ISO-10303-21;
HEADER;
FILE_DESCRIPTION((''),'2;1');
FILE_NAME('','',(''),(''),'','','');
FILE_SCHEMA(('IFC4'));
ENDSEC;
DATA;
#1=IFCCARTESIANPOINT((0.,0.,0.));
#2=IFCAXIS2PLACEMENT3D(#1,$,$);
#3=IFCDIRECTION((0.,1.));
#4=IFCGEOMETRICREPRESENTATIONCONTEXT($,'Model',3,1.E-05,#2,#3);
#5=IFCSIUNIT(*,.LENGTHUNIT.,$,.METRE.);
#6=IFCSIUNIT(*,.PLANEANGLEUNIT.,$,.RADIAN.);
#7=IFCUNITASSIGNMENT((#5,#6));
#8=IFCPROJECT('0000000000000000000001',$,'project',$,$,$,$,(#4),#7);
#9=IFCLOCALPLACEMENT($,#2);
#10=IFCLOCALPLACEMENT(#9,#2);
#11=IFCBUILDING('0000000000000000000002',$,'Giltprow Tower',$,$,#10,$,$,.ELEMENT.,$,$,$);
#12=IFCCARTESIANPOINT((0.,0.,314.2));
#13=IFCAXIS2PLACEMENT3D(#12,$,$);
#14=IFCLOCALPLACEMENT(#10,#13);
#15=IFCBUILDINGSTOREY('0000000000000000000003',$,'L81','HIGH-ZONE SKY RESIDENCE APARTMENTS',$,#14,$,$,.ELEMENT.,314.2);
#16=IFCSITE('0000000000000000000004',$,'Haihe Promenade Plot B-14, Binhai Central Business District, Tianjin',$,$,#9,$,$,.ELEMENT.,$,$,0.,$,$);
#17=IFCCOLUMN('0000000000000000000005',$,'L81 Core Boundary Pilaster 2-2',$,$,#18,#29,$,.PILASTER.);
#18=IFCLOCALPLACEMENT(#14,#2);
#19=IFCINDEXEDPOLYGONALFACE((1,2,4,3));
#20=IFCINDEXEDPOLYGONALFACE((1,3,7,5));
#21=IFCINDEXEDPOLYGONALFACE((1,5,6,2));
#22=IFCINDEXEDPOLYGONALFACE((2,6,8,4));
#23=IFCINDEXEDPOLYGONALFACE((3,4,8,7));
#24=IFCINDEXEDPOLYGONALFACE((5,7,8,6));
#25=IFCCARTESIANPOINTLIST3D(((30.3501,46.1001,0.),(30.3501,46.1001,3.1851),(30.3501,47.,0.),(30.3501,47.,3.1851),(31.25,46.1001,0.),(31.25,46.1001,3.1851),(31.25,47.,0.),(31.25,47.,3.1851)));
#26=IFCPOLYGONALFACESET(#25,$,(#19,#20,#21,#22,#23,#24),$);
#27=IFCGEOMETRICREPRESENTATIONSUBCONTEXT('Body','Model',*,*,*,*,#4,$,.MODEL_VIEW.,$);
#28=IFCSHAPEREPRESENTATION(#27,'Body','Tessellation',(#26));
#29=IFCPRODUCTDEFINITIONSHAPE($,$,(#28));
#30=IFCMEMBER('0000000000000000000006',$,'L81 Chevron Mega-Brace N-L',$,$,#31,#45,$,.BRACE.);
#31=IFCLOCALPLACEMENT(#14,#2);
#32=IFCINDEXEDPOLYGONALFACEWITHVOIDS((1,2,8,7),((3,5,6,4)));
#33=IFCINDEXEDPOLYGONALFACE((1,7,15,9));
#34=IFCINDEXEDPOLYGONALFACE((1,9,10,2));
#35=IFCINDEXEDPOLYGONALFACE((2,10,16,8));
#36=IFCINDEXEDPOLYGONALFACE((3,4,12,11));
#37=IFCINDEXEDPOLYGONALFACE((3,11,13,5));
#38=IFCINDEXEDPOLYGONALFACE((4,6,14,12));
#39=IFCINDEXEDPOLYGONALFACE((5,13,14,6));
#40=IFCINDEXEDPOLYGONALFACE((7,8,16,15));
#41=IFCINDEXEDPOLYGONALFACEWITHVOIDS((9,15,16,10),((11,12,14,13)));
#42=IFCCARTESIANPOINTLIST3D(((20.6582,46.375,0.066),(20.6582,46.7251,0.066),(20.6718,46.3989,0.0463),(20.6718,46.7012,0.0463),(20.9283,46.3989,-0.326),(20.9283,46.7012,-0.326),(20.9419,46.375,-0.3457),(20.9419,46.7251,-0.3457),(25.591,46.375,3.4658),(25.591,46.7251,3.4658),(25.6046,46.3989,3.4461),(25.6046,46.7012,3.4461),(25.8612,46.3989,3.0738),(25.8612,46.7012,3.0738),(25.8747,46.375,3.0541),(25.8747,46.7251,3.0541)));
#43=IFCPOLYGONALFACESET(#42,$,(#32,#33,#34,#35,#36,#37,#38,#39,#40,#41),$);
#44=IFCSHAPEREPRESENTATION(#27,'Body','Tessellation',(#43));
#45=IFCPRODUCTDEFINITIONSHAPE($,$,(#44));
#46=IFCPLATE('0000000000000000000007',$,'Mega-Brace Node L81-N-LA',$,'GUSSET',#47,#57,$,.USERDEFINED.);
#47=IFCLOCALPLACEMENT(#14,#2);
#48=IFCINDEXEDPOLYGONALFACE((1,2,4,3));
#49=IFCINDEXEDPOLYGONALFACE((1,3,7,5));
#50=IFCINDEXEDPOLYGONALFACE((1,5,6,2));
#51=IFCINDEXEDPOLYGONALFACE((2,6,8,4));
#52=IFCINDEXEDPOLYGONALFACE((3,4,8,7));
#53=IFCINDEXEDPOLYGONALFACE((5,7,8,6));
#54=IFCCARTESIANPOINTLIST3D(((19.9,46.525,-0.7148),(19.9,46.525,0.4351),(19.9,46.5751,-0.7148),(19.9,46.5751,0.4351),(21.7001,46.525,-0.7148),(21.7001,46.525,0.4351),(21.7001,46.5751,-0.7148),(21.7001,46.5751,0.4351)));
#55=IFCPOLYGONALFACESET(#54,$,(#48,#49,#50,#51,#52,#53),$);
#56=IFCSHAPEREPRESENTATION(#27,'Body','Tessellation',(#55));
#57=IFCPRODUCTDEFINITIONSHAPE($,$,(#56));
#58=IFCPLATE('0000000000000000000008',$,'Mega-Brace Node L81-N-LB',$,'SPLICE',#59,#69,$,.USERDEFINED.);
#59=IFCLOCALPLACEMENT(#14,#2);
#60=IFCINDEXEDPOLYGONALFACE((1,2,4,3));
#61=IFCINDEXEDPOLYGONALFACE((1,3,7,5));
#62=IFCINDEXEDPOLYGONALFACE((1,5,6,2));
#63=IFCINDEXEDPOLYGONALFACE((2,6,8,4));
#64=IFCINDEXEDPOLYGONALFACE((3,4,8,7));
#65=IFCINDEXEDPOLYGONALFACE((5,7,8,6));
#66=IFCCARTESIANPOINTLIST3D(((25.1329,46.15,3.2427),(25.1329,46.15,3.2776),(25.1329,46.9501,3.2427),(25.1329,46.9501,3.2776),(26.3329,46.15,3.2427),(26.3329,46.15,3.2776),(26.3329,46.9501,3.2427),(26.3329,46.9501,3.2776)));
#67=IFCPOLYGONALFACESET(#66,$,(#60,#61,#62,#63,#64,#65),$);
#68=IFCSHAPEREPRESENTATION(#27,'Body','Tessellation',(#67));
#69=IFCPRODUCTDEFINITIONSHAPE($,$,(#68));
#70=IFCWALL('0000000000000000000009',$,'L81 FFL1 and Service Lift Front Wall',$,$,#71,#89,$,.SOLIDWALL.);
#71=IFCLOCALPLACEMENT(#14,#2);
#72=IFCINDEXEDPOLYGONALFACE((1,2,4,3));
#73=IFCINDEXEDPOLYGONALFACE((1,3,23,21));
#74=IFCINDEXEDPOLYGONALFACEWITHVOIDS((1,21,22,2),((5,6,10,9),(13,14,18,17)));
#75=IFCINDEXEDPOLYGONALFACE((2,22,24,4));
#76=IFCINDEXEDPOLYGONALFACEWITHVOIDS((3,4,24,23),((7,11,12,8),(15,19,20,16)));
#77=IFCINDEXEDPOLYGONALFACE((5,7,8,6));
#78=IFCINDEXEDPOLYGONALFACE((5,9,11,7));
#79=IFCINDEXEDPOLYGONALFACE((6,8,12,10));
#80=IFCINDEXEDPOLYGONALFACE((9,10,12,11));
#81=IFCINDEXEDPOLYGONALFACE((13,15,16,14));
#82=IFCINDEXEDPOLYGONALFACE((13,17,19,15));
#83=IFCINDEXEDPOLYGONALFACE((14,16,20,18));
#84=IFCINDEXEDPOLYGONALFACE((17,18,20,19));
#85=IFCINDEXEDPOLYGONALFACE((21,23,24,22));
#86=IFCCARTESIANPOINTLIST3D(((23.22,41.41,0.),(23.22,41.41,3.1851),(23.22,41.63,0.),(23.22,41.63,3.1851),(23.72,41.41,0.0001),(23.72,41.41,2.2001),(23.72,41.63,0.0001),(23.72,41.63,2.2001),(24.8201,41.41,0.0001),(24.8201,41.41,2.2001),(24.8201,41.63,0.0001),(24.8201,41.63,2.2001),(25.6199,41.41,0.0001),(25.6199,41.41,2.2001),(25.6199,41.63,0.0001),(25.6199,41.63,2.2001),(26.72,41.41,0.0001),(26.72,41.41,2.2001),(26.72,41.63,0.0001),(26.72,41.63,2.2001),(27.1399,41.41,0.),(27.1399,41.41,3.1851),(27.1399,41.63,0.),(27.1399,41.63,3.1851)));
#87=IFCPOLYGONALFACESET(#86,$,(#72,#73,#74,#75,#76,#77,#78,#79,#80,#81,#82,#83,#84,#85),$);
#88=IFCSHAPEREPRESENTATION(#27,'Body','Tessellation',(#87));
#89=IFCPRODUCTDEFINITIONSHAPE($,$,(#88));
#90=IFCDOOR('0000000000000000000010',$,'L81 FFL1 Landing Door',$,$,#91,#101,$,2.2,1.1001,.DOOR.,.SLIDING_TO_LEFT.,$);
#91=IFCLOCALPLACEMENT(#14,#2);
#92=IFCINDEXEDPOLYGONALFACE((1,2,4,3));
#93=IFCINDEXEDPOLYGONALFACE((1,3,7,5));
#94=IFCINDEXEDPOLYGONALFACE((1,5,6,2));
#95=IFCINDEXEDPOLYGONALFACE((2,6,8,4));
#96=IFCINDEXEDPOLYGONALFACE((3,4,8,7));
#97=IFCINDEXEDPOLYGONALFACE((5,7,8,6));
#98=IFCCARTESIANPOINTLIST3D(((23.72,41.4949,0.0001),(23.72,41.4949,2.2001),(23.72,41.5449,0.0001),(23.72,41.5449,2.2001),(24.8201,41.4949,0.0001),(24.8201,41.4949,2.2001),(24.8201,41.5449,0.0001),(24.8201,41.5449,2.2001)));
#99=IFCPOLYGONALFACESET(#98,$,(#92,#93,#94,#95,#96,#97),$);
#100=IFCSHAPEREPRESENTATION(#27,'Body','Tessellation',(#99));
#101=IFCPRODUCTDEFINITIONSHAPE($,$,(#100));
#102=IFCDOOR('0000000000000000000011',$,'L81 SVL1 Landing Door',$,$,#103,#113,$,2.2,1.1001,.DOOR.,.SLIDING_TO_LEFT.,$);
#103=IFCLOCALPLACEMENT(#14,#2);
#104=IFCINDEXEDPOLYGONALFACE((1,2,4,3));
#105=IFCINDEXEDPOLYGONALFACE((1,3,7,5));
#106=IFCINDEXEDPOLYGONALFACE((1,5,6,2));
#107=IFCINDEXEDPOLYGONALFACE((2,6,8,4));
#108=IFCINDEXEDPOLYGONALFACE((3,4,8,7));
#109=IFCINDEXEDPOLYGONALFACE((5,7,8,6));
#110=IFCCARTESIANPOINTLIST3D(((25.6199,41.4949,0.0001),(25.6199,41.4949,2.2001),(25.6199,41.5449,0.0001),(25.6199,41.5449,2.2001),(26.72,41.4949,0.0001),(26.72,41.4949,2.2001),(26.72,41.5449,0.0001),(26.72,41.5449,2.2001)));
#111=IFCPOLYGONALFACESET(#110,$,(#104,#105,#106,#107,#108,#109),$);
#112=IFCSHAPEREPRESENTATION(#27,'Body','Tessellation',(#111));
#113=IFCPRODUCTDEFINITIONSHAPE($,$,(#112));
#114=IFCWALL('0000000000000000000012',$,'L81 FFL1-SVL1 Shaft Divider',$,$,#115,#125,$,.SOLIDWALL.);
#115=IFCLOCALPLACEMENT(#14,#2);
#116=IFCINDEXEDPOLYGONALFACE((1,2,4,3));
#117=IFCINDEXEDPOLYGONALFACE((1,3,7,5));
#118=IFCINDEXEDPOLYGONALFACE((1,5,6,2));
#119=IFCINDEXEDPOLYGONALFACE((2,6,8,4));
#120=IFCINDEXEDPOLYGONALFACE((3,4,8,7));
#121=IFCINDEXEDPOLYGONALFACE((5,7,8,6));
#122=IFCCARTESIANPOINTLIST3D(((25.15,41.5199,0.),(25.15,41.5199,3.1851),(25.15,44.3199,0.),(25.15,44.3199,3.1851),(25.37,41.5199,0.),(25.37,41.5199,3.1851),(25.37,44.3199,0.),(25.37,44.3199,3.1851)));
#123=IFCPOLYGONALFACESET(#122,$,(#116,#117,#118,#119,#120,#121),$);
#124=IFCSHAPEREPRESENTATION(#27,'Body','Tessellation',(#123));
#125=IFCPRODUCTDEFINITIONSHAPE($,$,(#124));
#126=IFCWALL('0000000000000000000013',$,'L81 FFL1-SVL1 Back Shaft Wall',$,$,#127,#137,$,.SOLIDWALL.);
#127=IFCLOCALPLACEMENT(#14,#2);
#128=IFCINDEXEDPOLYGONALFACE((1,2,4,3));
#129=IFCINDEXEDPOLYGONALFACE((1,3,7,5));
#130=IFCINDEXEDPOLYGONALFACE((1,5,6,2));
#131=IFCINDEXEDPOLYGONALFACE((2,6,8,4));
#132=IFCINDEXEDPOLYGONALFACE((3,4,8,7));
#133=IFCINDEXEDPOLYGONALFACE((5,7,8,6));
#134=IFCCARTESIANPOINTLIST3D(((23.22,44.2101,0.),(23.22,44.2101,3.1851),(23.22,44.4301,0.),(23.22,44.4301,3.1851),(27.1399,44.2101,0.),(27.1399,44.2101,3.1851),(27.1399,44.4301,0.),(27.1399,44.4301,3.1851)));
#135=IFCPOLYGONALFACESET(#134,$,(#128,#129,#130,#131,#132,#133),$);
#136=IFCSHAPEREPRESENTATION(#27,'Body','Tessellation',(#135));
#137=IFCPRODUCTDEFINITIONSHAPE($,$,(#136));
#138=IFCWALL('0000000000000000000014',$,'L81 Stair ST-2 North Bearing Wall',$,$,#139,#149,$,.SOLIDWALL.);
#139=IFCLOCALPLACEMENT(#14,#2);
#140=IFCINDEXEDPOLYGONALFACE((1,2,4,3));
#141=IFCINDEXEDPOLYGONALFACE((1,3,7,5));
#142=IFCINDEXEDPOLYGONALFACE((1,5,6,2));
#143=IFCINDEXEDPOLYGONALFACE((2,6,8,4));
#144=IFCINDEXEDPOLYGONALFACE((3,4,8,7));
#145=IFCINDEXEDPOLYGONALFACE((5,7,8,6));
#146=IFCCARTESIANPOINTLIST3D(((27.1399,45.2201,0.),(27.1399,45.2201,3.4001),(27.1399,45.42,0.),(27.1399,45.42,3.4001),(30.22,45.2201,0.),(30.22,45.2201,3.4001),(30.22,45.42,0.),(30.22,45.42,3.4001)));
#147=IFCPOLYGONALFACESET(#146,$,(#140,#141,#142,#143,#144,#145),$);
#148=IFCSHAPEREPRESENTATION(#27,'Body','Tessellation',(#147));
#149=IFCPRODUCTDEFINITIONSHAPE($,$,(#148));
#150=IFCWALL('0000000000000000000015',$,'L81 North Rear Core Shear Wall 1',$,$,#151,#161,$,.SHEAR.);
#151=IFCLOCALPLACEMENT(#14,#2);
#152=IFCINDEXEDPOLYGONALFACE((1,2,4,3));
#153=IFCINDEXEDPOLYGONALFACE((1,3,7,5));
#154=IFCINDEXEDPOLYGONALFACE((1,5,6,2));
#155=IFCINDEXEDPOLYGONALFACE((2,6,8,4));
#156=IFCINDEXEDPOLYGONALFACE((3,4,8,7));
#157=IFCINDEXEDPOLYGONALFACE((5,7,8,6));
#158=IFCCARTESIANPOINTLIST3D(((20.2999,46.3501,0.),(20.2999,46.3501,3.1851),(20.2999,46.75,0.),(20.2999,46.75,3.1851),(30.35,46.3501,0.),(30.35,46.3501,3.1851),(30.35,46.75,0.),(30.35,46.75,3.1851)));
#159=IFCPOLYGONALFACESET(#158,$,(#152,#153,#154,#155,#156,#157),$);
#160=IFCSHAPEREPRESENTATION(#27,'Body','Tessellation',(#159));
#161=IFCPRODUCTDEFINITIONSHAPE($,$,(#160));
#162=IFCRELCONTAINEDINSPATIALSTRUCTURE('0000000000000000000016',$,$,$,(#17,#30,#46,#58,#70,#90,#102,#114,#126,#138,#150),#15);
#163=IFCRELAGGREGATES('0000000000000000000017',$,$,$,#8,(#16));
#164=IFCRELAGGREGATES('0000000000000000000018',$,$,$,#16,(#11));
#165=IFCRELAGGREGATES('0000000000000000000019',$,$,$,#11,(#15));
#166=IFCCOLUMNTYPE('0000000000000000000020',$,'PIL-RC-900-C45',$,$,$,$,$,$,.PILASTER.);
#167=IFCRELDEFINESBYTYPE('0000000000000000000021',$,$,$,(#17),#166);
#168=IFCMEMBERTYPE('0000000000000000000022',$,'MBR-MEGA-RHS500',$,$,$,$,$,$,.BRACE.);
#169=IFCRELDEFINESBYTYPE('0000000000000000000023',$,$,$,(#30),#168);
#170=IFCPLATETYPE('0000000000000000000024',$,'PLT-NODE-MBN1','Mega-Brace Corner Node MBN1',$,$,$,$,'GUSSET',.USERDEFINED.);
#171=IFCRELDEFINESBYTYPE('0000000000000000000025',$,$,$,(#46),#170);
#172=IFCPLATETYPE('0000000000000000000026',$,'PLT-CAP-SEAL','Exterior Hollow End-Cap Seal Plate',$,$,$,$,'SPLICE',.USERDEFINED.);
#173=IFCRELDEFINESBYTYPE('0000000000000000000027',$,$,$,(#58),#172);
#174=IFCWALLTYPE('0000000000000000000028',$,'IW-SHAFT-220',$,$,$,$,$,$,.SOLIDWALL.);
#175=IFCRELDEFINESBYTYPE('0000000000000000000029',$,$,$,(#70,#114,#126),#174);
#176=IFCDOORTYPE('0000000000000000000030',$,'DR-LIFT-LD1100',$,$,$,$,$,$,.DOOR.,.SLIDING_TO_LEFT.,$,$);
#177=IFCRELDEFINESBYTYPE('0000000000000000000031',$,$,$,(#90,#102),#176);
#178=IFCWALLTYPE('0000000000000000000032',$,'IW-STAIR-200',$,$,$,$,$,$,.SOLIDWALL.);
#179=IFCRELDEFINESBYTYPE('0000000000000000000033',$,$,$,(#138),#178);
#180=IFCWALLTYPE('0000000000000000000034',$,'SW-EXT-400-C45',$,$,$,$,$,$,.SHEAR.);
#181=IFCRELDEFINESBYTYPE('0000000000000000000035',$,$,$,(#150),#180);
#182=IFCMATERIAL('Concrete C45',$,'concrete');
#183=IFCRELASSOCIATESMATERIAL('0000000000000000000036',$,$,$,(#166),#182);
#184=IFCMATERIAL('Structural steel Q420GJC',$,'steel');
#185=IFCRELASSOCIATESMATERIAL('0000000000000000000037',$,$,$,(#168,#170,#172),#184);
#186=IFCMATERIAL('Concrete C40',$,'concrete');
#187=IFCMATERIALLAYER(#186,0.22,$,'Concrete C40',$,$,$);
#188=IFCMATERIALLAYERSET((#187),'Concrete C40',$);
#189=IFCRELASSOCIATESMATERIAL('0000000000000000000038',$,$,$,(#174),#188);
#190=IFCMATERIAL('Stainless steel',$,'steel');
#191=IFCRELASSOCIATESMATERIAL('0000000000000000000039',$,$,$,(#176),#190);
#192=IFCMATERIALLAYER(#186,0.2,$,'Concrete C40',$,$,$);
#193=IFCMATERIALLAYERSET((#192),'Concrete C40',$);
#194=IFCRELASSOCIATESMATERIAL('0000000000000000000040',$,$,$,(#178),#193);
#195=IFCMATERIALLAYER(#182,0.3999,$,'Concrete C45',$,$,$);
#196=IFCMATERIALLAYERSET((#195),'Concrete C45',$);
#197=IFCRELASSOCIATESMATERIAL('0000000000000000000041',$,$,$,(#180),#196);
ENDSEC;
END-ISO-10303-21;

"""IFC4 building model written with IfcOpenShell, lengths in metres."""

from ifc_helpers import new_model, si_unit, direction, frame, frame_2d, origin, origin_2d, place, context, subcontext, project, spatial, rectangle, hollow_rectangle, extrude, source, transform, mapped, material, layer, layer_set, material_profile, profile_set, type_object, element, fill, save


model = new_model("IFC4")

# Units and contexts
model_context = context("Model", 3, precision=1e-05, world=origin(), true_north=direction((0.0, 1.0)))
body_context = subcontext(model_context, "Body", "Model", "MODEL_VIEW")
ifc_project = project(units=[si_unit("LENGTHUNIT", "METRE"), si_unit("PLANEANGLEUNIT", "RADIAN")], contexts=[model_context])

# Site, building, storey
site_placement = place(None, origin())
site = spatial("IfcSite", under=ifc_project, at=site_placement, Name="Haihe Promenade Plot B-14, Binhai Central Business District, Tianjin", CompositionType="ELEMENT", RefElevation=0.0)
building_placement = place(site_placement, origin())
building = spatial("IfcBuilding", under=site, at=building_placement, Name="Giltprow Tower", CompositionType="ELEMENT")
storey_placement = place(building_placement, frame((0.0, 0.0, 314.2)))
storey = spatial("IfcBuildingStorey", under=building, at=storey_placement, Name="L81", Description="HIGH-ZONE SKY RESIDENCE APARTMENTS", CompositionType="ELEMENT", Elevation=314.2)

# Column
ifc_material_1 = material(Name="Concrete C45", Category="concrete")
ifc_material_profile_1 = material_profile(ifc_material_1, rectangle(XDim=0.8999, YDim=0.8999, at=origin_2d()), Name="RC 900x900")
ifc_profile_set_1 = profile_set([ifc_material_profile_1], Name="Concrete C45")
column_type = type_object("IfcColumnType", Name="PIL-RC-900-C45", PredefinedType="PILASTER", material=ifc_profile_set_1)
shared_shape_1 = source(origin(), body_context, "Body", "SweptSolid", [
    extrude(rectangle(XDim=0.8999, YDim=0.8999, at=origin_2d()), origin(), (0.0, 0.0, 1.0), 3.1851),
])
column_placement = place(storey_placement, frame((30.8, 46.55, 0.0), z_axis=(0.0, 0.0, 1.0), x_axis=(1.0, 0.0, 0.0)))
element("IfcColumn", 1, at=column_placement, inside=storey, type_object=column_type, Name="L81 Core Boundary Pilaster 2-2", PredefinedType="PILASTER", context=body_context, shape_type="MappedRepresentation", body=[
    mapped(shared_shape_1, transform((0.0, 0.0, 0.0), x_axis=(1.0, 0.0, 0.0), y_axis=(0.0, 1.0, 0.0), z_axis=(0.0, 0.0, 1.0), scale=1.0)),
])

# Member
ifc_material_2 = material(Name="Structural steel Q420GJC", Category="steel")
ifc_material_profile_2 = material_profile(ifc_material_2, hollow_rectangle(XDim=0.3501, YDim=0.5, WallThickness=0.0239, at=origin_2d()), Name="RHS 500x350x24")
ifc_profile_set_2 = profile_set([ifc_material_profile_2], Name="Structural steel Q420GJC")
member_type = type_object("IfcMemberType", Name="MBR-MEGA-RHS500", PredefinedType="BRACE", material=ifc_profile_set_2)
shared_shape_2 = source(origin(), body_context, "Body", "SweptSolid", [
    extrude(hollow_rectangle(XDim=0.3501, YDim=0.5, WallThickness=0.0239, at=origin_2d()), origin(), (0.0, 0.0, 1.0), 5.991),
])
member_placement = place(storey_placement, frame((20.8, 46.55, -0.1399), z_axis=(0.823374, 0.0, 0.567499), x_axis=(0.0, 1.0, 0.0)))
element("IfcMember", 2, at=member_placement, inside=storey, type_object=member_type, Name="L81 Chevron Mega-Brace N-L", PredefinedType="BRACE", context=body_context, shape_type="MappedRepresentation", body=[
    mapped(shared_shape_2, transform((0.0, 0.0, 0.0), x_axis=(1.0, 0.0, 0.0), y_axis=(0.0, 1.0, 0.0), z_axis=(0.0, 0.0, 1.0), scale=1.0)),
])

# Plates
plate_type_1 = type_object("IfcPlateType", Name="PLT-NODE-MBN1", Description="Mega-Brace Corner Node MBN1", ElementType="GUSSET", PredefinedType="USERDEFINED", material=ifc_material_2)
shared_shape_3 = source(origin(), body_context, "Body", "SweptSolid", [
    extrude(rectangle(XDim=1.8, YDim=0.05, at=origin_2d()), origin(), (0.0, 0.0, 1.0), 1.1499),
])
plate_1_placement = place(storey_placement, frame((20.8, 46.55, -0.7148), z_axis=(0.0, 0.0, 1.0), x_axis=(1.0, 0.0, 0.0)))
element("IfcPlate", 3, at=plate_1_placement, inside=storey, type_object=plate_type_1, Name="Mega-Brace Node L81-N-LA", ObjectType="GUSSET", PredefinedType="USERDEFINED", context=body_context, shape_type="MappedRepresentation", body=[
    mapped(shared_shape_3, transform((0.0, 0.0, 0.0), x_axis=(1.0, 0.0, 0.0), y_axis=(0.0, 1.0, 0.0), z_axis=(0.0, 0.0, 1.0), scale=1.0)),
])
plate_type_2 = type_object("IfcPlateType", Name="PLT-CAP-SEAL", Description="Exterior Hollow End-Cap Seal Plate", ElementType="SPLICE", PredefinedType="USERDEFINED", material=ifc_material_2)
shared_shape_4 = source(origin(), body_context, "Body", "SweptSolid", [
    extrude(rectangle(XDim=1.2, YDim=0.8, at=origin_2d()), origin(), (0.0, 0.0, 1.0), 0.0349),
])
plate_2_placement = place(storey_placement, frame((25.7329, 46.55, 3.2427), z_axis=(0.0, 0.0, 1.0), x_axis=(1.0, 0.0, 0.0)))
element("IfcPlate", 4, at=plate_2_placement, inside=storey, type_object=plate_type_2, Name="Mega-Brace Node L81-N-LB", ObjectType="SPLICE", PredefinedType="USERDEFINED", context=body_context, shape_type="MappedRepresentation", body=[
    mapped(shared_shape_4, transform((0.0, 0.0, 0.0), x_axis=(1.0, 0.0, 0.0), y_axis=(0.0, 1.0, 0.0), z_axis=(0.0, 0.0, 1.0), scale=1.0)),
])

# Wall, openings, doors
ifc_material_3 = material(Name="Concrete C40", Category="concrete")
ifc_layer_1 = layer(ifc_material_3, 0.22, Name="Concrete C40")
ifc_layer_set_1 = layer_set([ifc_layer_1], Name="Concrete C40")
wall_type_1 = type_object("IfcWallType", Name="IW-SHAFT-220", PredefinedType="SOLIDWALL", material=ifc_layer_set_1)
wall_1_placement = place(storey_placement, frame((23.22, 41.52, 0.0), z_axis=(0.0, 0.0, 1.0), x_axis=(1.0, 0.0, 0.0)))
wall_1 = element("IfcWall", 5, at=wall_1_placement, inside=storey, type_object=wall_type_1, Name="L81 FFL1 and Service Lift Front Wall", PredefinedType="SOLIDWALL", context=body_context, shape_type="SweptSolid", body=[
    extrude(rectangle(XDim=3.9199, YDim=0.22, at=frame_2d((1.96, 0.0))), origin(), (0.0, 0.0, 1.0), 3.1851),
])
opening_1_placement = place(wall_1_placement, frame((0.5, 0.0, 0.0)))
opening_1 = element("IfcOpeningElement", 6, at=opening_1_placement, cuts=wall_1, PredefinedType="OPENING", context=body_context, shape_type="SweptSolid", body=[
    extrude(rectangle(XDim=1.1001, YDim=2.2, at=frame_2d((0.55, 1.1001))), frame((0.0, 0.1199, 0.0), z_axis=(0.0, -1.0, 0.0), x_axis=(1.0, 0.0, 0.0)), (0.0, 0.0, 1.0), 0.24),
])
opening_2_placement = place(wall_1_placement, frame((2.3999, 0.0, 0.0)))
opening_2 = element("IfcOpeningElement", 7, at=opening_2_placement, cuts=wall_1, PredefinedType="OPENING", context=body_context, shape_type="SweptSolid", body=[
    extrude(rectangle(XDim=1.1001, YDim=2.2, at=frame_2d((0.55, 1.1001))), frame((0.0, 0.1199, 0.0), z_axis=(0.0, -1.0, 0.0), x_axis=(1.0, 0.0, 0.0)), (0.0, 0.0, 1.0), 0.24),
])
ifc_material_4 = material(Name="Stainless steel", Category="steel")
door_type = type_object("IfcDoorType", Name="DR-LIFT-LD1100", OperationType="SLIDING_TO_LEFT", PredefinedType="DOOR", material=ifc_material_4)
shared_shape_5 = source(origin(), body_context, "Body", "SweptSolid", [
    extrude(rectangle(XDim=1.1001, YDim=2.2, at=frame_2d((0.55, 1.1001))), frame((0.0, 0.0249, 0.0), z_axis=(0.0, -1.0, 0.0), x_axis=(1.0, 0.0, 0.0)), (0.0, 0.0, 1.0), 0.05),
])
door_1_placement = place(opening_1_placement, origin())
door_1 = element("IfcDoor", 8, at=door_1_placement, inside=storey, type_object=door_type, Name="L81 FFL1 Landing Door", OperationType="SLIDING_TO_LEFT", OverallHeight=2.2, OverallWidth=1.1001, PredefinedType="DOOR", context=body_context, shape_type="MappedRepresentation", body=[
    mapped(shared_shape_5, transform((0.0, 0.0, 0.0), x_axis=(1.0, 0.0, 0.0), y_axis=(0.0, 1.0, 0.0), z_axis=(0.0, 0.0, 1.0), scale=1.0)),
])
fill(opening_1, door_1)
door_2_placement = place(opening_2_placement, origin())
door_2 = element("IfcDoor", 9, at=door_2_placement, inside=storey, type_object=door_type, Name="L81 SVL1 Landing Door", OperationType="SLIDING_TO_LEFT", OverallHeight=2.2, OverallWidth=1.1001, PredefinedType="DOOR", context=body_context, shape_type="MappedRepresentation", body=[
    mapped(shared_shape_5, transform((0.0, 0.0, 0.0), x_axis=(1.0, 0.0, 0.0), y_axis=(0.0, 1.0, 0.0), z_axis=(0.0, 0.0, 1.0), scale=1.0)),
])
fill(opening_2, door_2)

# Walls
wall_2_placement = place(storey_placement, frame((25.26, 41.52, 0.0), z_axis=(0.0, 0.0, 1.0), x_axis=(0.0, 1.0, 0.0)))
element("IfcWall", 10, at=wall_2_placement, inside=storey, type_object=wall_type_1, Name="L81 FFL1-SVL1 Shaft Divider", PredefinedType="SOLIDWALL", context=body_context, shape_type="SweptSolid", body=[
    extrude(rectangle(XDim=2.8, YDim=0.22, at=frame_2d((1.3999, 0.0))), origin(), (0.0, 0.0, 1.0), 3.1851),
])
wall_3_placement = place(storey_placement, frame((23.22, 44.3201, 0.0), z_axis=(0.0, 0.0, 1.0), x_axis=(1.0, 0.0, 0.0)))
element("IfcWall", 11, at=wall_3_placement, inside=storey, type_object=wall_type_1, Name="L81 FFL1-SVL1 Back Shaft Wall", PredefinedType="SOLIDWALL", context=body_context, shape_type="SweptSolid", body=[
    extrude(rectangle(XDim=3.9199, YDim=0.22, at=frame_2d((1.96, 0.0))), origin(), (0.0, 0.0, 1.0), 3.1851),
])
ifc_layer_2 = layer(ifc_material_3, 0.2, Name="Concrete C40")
ifc_layer_set_2 = layer_set([ifc_layer_2], Name="Concrete C40")
wall_type_2 = type_object("IfcWallType", Name="IW-STAIR-200", PredefinedType="SOLIDWALL", material=ifc_layer_set_2)
wall_4_placement = place(storey_placement, frame((27.1399, 45.3201, 0.0), z_axis=(0.0, 0.0, 1.0), x_axis=(1.0, 0.0, 0.0)))
element("IfcWall", 12, at=wall_4_placement, inside=storey, type_object=wall_type_2, Name="L81 Stair ST-2 North Bearing Wall", PredefinedType="SOLIDWALL", context=body_context, shape_type="SweptSolid", body=[
    extrude(rectangle(XDim=3.0801, YDim=0.2, at=frame_2d((1.54, 0.0))), origin(), (0.0, 0.0, 1.0), 3.4001),
])
ifc_layer_3 = layer(ifc_material_1, 0.3999, Name="Concrete C45")
ifc_layer_set_3 = layer_set([ifc_layer_3], Name="Concrete C45")
wall_type_3 = type_object("IfcWallType", Name="SW-EXT-400-C45", PredefinedType="SHEAR", material=ifc_layer_set_3)
wall_5_placement = place(storey_placement, frame((20.3, 46.55, 0.0), z_axis=(0.0, 0.0, 1.0), x_axis=(1.0, 0.0, 0.0)))
element("IfcWall", 13, at=wall_5_placement, inside=storey, type_object=wall_type_3, Name="L81 North Rear Core Shear Wall 1", PredefinedType="SHEAR", context=body_context, shape_type="SweptSolid", body=[
    extrude(rectangle(XDim=10.05, YDim=0.3999, at=frame_2d((5.0249, 0.0))), origin(), (0.0, 0.0, 1.0), 3.1851),
])

save(model, "model.ifc")
